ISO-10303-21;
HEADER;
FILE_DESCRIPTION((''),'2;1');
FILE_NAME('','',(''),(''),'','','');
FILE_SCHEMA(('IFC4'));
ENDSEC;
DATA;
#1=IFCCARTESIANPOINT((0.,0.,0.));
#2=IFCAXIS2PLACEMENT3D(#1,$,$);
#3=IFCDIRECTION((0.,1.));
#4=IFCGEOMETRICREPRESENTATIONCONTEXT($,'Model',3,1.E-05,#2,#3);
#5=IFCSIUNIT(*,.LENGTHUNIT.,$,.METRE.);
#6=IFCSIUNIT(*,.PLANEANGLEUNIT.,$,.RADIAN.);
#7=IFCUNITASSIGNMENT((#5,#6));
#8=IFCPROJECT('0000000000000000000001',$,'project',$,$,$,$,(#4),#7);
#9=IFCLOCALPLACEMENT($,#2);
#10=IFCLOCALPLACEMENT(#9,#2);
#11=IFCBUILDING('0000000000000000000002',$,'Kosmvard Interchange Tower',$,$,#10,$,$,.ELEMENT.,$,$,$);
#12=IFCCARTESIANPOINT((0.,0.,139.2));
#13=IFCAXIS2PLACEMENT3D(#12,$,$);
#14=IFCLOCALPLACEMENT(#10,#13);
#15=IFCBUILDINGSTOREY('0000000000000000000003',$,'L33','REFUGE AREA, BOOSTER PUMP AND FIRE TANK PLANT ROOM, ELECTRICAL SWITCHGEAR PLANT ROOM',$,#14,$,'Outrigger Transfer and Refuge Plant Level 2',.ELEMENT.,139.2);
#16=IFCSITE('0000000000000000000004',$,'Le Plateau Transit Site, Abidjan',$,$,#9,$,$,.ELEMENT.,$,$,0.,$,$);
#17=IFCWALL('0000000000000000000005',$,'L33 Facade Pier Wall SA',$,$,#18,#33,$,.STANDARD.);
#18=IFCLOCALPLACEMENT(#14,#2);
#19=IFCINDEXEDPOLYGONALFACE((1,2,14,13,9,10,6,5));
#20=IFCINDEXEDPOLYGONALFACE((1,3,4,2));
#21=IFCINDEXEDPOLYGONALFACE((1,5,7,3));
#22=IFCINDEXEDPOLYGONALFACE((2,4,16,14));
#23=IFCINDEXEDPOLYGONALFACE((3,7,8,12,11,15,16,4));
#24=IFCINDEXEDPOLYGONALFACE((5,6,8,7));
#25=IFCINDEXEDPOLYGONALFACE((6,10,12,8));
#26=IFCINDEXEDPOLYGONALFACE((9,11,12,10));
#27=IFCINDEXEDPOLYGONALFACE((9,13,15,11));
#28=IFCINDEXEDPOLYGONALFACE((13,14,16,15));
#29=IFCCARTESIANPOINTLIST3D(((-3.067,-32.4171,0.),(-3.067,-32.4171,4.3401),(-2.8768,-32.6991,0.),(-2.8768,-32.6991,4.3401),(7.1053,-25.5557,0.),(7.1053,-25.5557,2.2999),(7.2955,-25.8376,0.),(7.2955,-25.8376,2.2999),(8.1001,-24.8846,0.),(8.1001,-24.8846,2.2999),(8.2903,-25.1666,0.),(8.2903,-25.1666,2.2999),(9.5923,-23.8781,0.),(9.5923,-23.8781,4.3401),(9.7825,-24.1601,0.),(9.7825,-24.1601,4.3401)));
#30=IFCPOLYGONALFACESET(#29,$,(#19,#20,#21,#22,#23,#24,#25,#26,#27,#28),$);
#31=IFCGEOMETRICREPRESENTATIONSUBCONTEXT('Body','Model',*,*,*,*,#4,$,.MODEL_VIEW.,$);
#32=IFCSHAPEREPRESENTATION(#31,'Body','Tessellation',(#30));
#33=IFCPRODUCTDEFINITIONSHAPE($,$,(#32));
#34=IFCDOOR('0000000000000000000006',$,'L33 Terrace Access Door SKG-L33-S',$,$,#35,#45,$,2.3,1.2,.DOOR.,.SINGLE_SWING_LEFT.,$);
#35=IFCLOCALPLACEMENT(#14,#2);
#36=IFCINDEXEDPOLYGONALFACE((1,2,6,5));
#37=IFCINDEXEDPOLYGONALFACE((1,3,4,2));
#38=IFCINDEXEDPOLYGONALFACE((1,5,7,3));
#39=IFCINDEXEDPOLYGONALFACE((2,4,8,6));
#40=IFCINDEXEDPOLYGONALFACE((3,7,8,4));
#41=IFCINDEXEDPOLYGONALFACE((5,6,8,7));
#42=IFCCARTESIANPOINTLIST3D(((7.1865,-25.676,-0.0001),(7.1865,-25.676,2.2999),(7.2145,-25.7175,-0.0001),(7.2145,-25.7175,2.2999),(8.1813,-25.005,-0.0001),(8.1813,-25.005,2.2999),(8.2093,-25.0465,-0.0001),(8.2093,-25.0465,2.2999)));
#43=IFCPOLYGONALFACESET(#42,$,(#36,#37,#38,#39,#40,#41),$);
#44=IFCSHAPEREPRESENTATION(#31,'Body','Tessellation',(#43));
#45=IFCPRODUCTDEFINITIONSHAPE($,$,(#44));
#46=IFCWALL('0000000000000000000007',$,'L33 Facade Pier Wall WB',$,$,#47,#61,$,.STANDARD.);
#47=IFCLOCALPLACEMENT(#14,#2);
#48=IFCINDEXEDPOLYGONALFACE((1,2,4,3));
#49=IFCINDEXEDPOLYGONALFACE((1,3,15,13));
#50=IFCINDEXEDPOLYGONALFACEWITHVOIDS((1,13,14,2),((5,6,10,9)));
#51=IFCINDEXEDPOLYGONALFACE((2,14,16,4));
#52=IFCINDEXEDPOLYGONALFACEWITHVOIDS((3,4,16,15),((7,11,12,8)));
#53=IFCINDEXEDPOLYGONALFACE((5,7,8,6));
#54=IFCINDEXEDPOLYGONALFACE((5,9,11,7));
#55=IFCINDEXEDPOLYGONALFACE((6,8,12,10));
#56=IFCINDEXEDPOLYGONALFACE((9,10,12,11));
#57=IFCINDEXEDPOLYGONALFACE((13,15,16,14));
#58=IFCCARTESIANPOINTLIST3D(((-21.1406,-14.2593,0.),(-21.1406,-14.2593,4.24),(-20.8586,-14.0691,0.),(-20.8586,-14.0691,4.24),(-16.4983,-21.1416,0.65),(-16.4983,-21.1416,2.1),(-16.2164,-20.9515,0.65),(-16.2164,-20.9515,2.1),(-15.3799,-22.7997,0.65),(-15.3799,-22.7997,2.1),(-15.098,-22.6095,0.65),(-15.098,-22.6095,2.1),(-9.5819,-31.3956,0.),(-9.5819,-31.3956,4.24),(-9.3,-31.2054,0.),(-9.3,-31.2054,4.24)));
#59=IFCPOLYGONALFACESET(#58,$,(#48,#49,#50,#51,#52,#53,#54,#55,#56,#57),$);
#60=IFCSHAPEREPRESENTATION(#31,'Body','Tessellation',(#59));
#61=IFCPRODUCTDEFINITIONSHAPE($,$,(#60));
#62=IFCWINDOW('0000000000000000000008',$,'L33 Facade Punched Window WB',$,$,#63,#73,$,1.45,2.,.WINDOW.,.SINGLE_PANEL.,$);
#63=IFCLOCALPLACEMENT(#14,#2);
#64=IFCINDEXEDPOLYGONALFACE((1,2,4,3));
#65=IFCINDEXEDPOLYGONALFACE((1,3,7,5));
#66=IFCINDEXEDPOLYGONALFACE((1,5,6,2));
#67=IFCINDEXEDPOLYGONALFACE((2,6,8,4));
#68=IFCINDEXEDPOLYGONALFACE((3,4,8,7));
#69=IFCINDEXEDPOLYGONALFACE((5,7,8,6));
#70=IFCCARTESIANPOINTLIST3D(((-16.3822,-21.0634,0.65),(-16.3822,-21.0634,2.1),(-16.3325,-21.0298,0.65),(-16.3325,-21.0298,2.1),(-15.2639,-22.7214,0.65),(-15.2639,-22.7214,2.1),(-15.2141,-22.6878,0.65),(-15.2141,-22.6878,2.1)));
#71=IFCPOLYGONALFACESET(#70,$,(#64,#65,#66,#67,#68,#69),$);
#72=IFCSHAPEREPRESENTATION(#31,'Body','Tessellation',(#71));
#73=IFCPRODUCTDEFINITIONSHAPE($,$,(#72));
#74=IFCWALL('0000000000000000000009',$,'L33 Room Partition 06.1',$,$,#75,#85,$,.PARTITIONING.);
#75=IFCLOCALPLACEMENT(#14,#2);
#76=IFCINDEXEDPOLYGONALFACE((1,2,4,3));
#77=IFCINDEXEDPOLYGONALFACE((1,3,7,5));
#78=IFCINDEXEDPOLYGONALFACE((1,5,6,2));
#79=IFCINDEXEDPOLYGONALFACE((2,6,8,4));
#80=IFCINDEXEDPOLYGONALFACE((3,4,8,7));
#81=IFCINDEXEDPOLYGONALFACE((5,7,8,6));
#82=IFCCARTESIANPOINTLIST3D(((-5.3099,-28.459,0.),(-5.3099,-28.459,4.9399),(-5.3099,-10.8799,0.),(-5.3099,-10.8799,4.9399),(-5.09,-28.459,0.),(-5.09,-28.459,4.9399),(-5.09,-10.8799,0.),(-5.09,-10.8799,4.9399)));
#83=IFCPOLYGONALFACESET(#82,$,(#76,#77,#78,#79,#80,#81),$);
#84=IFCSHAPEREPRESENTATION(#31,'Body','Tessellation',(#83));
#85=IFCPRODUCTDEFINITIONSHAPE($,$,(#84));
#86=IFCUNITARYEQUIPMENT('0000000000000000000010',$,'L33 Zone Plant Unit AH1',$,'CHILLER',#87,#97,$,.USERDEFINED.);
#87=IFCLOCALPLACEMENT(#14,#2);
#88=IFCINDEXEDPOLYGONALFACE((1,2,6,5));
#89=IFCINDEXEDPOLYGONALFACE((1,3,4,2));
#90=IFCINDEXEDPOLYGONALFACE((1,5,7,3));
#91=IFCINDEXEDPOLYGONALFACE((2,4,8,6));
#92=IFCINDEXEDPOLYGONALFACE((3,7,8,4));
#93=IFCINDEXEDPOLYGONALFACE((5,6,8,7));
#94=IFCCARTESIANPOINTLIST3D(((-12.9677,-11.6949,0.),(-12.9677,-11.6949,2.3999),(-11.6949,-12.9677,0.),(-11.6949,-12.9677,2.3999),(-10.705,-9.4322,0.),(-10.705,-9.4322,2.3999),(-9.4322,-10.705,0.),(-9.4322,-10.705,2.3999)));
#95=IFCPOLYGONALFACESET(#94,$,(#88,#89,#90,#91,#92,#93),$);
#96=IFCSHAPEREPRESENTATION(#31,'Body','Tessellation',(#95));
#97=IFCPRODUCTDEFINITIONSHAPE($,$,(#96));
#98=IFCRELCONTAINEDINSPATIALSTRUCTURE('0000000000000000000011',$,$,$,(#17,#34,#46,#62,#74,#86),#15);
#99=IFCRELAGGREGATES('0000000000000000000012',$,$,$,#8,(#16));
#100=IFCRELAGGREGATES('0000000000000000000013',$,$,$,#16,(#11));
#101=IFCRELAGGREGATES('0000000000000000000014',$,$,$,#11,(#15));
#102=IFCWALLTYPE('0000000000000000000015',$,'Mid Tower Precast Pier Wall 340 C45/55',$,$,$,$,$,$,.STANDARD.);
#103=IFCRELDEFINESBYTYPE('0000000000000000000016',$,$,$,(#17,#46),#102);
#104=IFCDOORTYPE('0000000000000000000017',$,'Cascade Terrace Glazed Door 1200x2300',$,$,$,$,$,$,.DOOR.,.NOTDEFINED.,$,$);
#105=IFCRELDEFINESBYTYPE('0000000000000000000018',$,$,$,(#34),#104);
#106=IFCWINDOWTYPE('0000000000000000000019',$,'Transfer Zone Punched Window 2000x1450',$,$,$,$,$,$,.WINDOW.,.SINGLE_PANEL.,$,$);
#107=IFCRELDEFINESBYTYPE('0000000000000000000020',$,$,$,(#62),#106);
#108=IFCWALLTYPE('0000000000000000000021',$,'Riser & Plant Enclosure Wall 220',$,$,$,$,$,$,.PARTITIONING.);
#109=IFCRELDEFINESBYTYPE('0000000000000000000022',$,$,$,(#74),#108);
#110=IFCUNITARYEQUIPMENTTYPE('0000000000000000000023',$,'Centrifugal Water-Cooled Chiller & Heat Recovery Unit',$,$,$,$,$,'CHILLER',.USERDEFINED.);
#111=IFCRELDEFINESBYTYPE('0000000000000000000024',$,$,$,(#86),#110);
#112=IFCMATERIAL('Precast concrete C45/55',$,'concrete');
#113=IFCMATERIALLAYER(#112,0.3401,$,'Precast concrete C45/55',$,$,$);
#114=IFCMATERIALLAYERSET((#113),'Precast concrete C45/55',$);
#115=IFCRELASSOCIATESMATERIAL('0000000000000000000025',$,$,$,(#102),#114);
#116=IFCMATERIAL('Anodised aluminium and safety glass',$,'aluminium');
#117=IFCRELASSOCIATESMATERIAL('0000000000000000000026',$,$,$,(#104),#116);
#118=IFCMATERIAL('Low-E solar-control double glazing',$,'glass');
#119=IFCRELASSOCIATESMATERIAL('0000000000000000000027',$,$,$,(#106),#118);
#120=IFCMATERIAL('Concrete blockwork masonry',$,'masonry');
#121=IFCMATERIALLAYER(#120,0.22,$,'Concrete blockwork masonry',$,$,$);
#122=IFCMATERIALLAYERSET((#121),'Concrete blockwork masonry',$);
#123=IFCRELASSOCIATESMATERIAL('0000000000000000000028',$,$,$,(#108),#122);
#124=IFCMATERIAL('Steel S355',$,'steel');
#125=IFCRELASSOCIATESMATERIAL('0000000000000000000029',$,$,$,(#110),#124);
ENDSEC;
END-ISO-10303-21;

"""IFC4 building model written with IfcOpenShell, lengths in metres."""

from ifc_helpers import new_model, si_unit, direction, frame, frame_2d, origin, origin_2d, place, context, subcontext, project, spatial, rectangle, extrude, source, transform, mapped, material, layer, layer_set, type_object, element, fill, save


model = new_model("IFC4")

# Units and contexts
model_context = context("Model", 3, precision=1e-05, world=origin(), true_north=direction((0.0, 1.0)))
body_context = subcontext(model_context, "Body", "Model", "MODEL_VIEW")
ifc_project = project(units=[si_unit("LENGTHUNIT", "METRE"), si_unit("PLANEANGLEUNIT", "RADIAN")], contexts=[model_context])

# Site, building, storey
site_placement = place(None, origin())
site = spatial("IfcSite", under=ifc_project, at=site_placement, Name="Le Plateau Transit Site, Abidjan", CompositionType="ELEMENT", RefElevation=0.0)
building_placement = place(site_placement, origin())
building = spatial("IfcBuilding", under=site, at=building_placement, Name="Kosmvard Interchange Tower", CompositionType="ELEMENT")
storey_placement = place(building_placement, frame((0.0, 0.0, 139.2)))
storey = spatial("IfcBuildingStorey", under=building, at=storey_placement, Name="L33", Description="REFUGE AREA, BOOSTER PUMP AND FIRE TANK PLANT ROOM, ELECTRICAL SWITCHGEAR PLANT ROOM", LongName="Outrigger Transfer and Refuge Plant Level 2", CompositionType="ELEMENT", Elevation=139.2)

# Shared definitions
ifc_material_1 = material(Name="Steel S355", Category="steel")

# Shared definitions
ifc_material_2 = material(Name="Precast concrete C45/55", Category="concrete")
ifc_layer_1 = layer(ifc_material_2, 0.3401, Name="Precast concrete C45/55")
ifc_layer_set_1 = layer_set([ifc_layer_1], Name="Precast concrete C45/55")
wall_type_1 = type_object("IfcWallType", Name="Mid Tower Precast Pier Wall 340 C45/55", PredefinedType="STANDARD", material=ifc_layer_set_1)

# Wall, opening, door
wall_1_placement = place(storey_placement, frame((-2.9719, -32.5581, 0.0), z_axis=(0.0, 0.0, 1.0), x_axis=(0.829032, 0.559201, 0.0)))
wall_1 = element("IfcWall", 1, at=wall_1_placement, inside=storey, type_object=wall_type_1, Name="L33 Facade Pier Wall SA", PredefinedType="STANDARD", context=body_context, shape_type="SweptSolid", body=[
    extrude(rectangle(XDim=15.27, YDim=0.3401, at=frame_2d((7.635, 0.0))), origin(), (0.0, 0.0, 1.0), 4.3401),
])
opening_1_placement = place(wall_1_placement, frame((12.27, 0.0, 0.0)))
opening_1 = element("IfcOpeningElement", 2, at=opening_1_placement, cuts=wall_1, PredefinedType="OPENING", context=body_context, shape_type="SweptSolid", body=[
    extrude(rectangle(XDim=1.2, YDim=2.3, at=frame_2d((0.6001, 1.1499))), frame((0.0, 0.1802, 0.0), z_axis=(0.0, -1.0, 0.0), x_axis=(1.0, 0.0, 0.0)), (0.0, 0.0, 1.0), 0.3601),
])
ifc_material_3 = material(Name="Anodised aluminium and safety glass", Category="aluminium")
door_type = type_object("IfcDoorType", Name="Cascade Terrace Glazed Door 1200x2300", OperationType="NOTDEFINED", PredefinedType="DOOR", material=ifc_material_3)
shared_shape_1 = source(origin(), body_context, "Body", "SweptSolid", [
    extrude(rectangle(XDim=1.2, YDim=2.3, at=frame_2d((0.6001, 1.1499))), frame((0.0, 0.0249, 0.0), z_axis=(0.0, -1.0, 0.0), x_axis=(1.0, 0.0, 0.0)), (0.0, 0.0, 1.0), 0.05),
])
door_placement = place(opening_1_placement, origin())
door = element("IfcDoor", 3, at=door_placement, inside=storey, type_object=door_type, Name="L33 Terrace Access Door SKG-L33-S", OperationType="SINGLE_SWING_LEFT", OverallHeight=2.3, OverallWidth=1.2, PredefinedType="DOOR", context=body_context, shape_type="MappedRepresentation", body=[
    mapped(shared_shape_1, transform((0.0, 0.0, 0.0), scale=1.0)),
])
fill(opening_1, door)

# Wall, opening, window
wall_2_placement = place(storey_placement, frame((-20.9995, -14.1643, 0.0), z_axis=(0.0, 0.0, 1.0), x_axis=(0.559195, -0.829036, 0.0)))
wall_2 = element("IfcWall", 4, at=wall_2_placement, inside=storey, type_object=wall_type_1, Name="L33 Facade Pier Wall WB", PredefinedType="STANDARD", context=body_context, shape_type="SweptSolid", body=[
    extrude(rectangle(XDim=20.6702, YDim=0.3401, at=frame_2d((10.335, 0.0))), origin(), (0.0, 0.0, 1.0), 4.24),
])
opening_2_placement = place(wall_2_placement, frame((8.3015, 0.0, 0.6499)))
opening_2 = element("IfcOpeningElement", 5, at=opening_2_placement, cuts=wall_2, PredefinedType="OPENING", context=body_context, shape_type="SweptSolid", body=[
    extrude(rectangle(XDim=2.0, YDim=1.45, at=frame_2d((1.0, 0.7251))), frame((0.0, 0.1802, 0.0), z_axis=(0.0, -1.0, 0.0), x_axis=(1.0, 0.0, 0.0)), (0.0, 0.0, 1.0), 0.3601),
])
ifc_material_4 = material(Name="Low-E solar-control double glazing", Category="glass")
window_type = type_object("IfcWindowType", Name="Transfer Zone Punched Window 2000x1450", PartitioningType="SINGLE_PANEL", PredefinedType="WINDOW", material=ifc_material_4)
shared_shape_2 = source(origin(), body_context, "Body", "SweptSolid", [
    extrude(rectangle(XDim=2.0, YDim=1.45, at=frame_2d((1.0, 0.7251))), frame((0.0, 0.03, 0.0), z_axis=(0.0, -1.0, 0.0), x_axis=(1.0, 0.0, 0.0)), (0.0, 0.0, 1.0), 0.0601),
])
window_placement = place(opening_2_placement, origin())
window = element("IfcWindow", 6, at=window_placement, inside=storey, type_object=window_type, Name="L33 Facade Punched Window WB", OverallHeight=1.45, OverallWidth=2.0, PartitioningType="SINGLE_PANEL", PredefinedType="WINDOW", context=body_context, shape_type="MappedRepresentation", body=[
    mapped(shared_shape_2, transform((0.0, 0.0, 0.0), scale=1.0)),
])
fill(opening_2, window)

# Wall
ifc_material_5 = material(Name="Concrete blockwork masonry", Category="masonry")
ifc_layer_2 = layer(ifc_material_5, 0.22, Name="Concrete blockwork masonry")
ifc_layer_set_2 = layer_set([ifc_layer_2], Name="Concrete blockwork masonry")
wall_type_2 = type_object("IfcWallType", Name="Riser & Plant Enclosure Wall 220", PredefinedType="PARTITIONING", material=ifc_layer_set_2)
wall_3_placement = place(storey_placement, frame((-5.2, -10.8799, 0.0), z_axis=(0.0, 0.0, 1.0), x_axis=(0.0, -1.0, 0.0)))
element("IfcWall", 7, at=wall_3_placement, inside=storey, type_object=wall_type_2, Name="L33 Room Partition 06.1", PredefinedType="PARTITIONING", context=body_context, shape_type="SweptSolid", body=[
    extrude(rectangle(XDim=17.5791, YDim=0.22, at=frame_2d((8.7896, 0.0))), origin(), (0.0, 0.0, 1.0), 4.9399),
])

# Unitary equipment
unitary_equipment_type = type_object("IfcUnitaryEquipmentType", Name="Centrifugal Water-Cooled Chiller & Heat Recovery Unit", ElementType="CHILLER", PredefinedType="USERDEFINED", material=ifc_material_1)
shared_shape_3 = source(origin(), body_context, "Body", "SweptSolid", [
    extrude(rectangle(XDim=3.2, YDim=1.8, at=origin_2d()), origin(), (0.0, 0.0, 1.0), 2.3999),
])
unitary_equipment_placement = place(storey_placement, frame((-11.2, -11.2, 0.0), z_axis=(0.0, 0.0, 1.0), x_axis=(0.707107, 0.707107, 0.0)))
element("IfcUnitaryEquipment", 8, at=unitary_equipment_placement, inside=storey, type_object=unitary_equipment_type, Name="L33 Zone Plant Unit AH1", ObjectType="CHILLER", PredefinedType="USERDEFINED", context=body_context, shape_type="MappedRepresentation", body=[
    mapped(shared_shape_3, transform((0.0, 0.0, 0.0), scale=1.0)),
])

save(model, "model.ifc")
